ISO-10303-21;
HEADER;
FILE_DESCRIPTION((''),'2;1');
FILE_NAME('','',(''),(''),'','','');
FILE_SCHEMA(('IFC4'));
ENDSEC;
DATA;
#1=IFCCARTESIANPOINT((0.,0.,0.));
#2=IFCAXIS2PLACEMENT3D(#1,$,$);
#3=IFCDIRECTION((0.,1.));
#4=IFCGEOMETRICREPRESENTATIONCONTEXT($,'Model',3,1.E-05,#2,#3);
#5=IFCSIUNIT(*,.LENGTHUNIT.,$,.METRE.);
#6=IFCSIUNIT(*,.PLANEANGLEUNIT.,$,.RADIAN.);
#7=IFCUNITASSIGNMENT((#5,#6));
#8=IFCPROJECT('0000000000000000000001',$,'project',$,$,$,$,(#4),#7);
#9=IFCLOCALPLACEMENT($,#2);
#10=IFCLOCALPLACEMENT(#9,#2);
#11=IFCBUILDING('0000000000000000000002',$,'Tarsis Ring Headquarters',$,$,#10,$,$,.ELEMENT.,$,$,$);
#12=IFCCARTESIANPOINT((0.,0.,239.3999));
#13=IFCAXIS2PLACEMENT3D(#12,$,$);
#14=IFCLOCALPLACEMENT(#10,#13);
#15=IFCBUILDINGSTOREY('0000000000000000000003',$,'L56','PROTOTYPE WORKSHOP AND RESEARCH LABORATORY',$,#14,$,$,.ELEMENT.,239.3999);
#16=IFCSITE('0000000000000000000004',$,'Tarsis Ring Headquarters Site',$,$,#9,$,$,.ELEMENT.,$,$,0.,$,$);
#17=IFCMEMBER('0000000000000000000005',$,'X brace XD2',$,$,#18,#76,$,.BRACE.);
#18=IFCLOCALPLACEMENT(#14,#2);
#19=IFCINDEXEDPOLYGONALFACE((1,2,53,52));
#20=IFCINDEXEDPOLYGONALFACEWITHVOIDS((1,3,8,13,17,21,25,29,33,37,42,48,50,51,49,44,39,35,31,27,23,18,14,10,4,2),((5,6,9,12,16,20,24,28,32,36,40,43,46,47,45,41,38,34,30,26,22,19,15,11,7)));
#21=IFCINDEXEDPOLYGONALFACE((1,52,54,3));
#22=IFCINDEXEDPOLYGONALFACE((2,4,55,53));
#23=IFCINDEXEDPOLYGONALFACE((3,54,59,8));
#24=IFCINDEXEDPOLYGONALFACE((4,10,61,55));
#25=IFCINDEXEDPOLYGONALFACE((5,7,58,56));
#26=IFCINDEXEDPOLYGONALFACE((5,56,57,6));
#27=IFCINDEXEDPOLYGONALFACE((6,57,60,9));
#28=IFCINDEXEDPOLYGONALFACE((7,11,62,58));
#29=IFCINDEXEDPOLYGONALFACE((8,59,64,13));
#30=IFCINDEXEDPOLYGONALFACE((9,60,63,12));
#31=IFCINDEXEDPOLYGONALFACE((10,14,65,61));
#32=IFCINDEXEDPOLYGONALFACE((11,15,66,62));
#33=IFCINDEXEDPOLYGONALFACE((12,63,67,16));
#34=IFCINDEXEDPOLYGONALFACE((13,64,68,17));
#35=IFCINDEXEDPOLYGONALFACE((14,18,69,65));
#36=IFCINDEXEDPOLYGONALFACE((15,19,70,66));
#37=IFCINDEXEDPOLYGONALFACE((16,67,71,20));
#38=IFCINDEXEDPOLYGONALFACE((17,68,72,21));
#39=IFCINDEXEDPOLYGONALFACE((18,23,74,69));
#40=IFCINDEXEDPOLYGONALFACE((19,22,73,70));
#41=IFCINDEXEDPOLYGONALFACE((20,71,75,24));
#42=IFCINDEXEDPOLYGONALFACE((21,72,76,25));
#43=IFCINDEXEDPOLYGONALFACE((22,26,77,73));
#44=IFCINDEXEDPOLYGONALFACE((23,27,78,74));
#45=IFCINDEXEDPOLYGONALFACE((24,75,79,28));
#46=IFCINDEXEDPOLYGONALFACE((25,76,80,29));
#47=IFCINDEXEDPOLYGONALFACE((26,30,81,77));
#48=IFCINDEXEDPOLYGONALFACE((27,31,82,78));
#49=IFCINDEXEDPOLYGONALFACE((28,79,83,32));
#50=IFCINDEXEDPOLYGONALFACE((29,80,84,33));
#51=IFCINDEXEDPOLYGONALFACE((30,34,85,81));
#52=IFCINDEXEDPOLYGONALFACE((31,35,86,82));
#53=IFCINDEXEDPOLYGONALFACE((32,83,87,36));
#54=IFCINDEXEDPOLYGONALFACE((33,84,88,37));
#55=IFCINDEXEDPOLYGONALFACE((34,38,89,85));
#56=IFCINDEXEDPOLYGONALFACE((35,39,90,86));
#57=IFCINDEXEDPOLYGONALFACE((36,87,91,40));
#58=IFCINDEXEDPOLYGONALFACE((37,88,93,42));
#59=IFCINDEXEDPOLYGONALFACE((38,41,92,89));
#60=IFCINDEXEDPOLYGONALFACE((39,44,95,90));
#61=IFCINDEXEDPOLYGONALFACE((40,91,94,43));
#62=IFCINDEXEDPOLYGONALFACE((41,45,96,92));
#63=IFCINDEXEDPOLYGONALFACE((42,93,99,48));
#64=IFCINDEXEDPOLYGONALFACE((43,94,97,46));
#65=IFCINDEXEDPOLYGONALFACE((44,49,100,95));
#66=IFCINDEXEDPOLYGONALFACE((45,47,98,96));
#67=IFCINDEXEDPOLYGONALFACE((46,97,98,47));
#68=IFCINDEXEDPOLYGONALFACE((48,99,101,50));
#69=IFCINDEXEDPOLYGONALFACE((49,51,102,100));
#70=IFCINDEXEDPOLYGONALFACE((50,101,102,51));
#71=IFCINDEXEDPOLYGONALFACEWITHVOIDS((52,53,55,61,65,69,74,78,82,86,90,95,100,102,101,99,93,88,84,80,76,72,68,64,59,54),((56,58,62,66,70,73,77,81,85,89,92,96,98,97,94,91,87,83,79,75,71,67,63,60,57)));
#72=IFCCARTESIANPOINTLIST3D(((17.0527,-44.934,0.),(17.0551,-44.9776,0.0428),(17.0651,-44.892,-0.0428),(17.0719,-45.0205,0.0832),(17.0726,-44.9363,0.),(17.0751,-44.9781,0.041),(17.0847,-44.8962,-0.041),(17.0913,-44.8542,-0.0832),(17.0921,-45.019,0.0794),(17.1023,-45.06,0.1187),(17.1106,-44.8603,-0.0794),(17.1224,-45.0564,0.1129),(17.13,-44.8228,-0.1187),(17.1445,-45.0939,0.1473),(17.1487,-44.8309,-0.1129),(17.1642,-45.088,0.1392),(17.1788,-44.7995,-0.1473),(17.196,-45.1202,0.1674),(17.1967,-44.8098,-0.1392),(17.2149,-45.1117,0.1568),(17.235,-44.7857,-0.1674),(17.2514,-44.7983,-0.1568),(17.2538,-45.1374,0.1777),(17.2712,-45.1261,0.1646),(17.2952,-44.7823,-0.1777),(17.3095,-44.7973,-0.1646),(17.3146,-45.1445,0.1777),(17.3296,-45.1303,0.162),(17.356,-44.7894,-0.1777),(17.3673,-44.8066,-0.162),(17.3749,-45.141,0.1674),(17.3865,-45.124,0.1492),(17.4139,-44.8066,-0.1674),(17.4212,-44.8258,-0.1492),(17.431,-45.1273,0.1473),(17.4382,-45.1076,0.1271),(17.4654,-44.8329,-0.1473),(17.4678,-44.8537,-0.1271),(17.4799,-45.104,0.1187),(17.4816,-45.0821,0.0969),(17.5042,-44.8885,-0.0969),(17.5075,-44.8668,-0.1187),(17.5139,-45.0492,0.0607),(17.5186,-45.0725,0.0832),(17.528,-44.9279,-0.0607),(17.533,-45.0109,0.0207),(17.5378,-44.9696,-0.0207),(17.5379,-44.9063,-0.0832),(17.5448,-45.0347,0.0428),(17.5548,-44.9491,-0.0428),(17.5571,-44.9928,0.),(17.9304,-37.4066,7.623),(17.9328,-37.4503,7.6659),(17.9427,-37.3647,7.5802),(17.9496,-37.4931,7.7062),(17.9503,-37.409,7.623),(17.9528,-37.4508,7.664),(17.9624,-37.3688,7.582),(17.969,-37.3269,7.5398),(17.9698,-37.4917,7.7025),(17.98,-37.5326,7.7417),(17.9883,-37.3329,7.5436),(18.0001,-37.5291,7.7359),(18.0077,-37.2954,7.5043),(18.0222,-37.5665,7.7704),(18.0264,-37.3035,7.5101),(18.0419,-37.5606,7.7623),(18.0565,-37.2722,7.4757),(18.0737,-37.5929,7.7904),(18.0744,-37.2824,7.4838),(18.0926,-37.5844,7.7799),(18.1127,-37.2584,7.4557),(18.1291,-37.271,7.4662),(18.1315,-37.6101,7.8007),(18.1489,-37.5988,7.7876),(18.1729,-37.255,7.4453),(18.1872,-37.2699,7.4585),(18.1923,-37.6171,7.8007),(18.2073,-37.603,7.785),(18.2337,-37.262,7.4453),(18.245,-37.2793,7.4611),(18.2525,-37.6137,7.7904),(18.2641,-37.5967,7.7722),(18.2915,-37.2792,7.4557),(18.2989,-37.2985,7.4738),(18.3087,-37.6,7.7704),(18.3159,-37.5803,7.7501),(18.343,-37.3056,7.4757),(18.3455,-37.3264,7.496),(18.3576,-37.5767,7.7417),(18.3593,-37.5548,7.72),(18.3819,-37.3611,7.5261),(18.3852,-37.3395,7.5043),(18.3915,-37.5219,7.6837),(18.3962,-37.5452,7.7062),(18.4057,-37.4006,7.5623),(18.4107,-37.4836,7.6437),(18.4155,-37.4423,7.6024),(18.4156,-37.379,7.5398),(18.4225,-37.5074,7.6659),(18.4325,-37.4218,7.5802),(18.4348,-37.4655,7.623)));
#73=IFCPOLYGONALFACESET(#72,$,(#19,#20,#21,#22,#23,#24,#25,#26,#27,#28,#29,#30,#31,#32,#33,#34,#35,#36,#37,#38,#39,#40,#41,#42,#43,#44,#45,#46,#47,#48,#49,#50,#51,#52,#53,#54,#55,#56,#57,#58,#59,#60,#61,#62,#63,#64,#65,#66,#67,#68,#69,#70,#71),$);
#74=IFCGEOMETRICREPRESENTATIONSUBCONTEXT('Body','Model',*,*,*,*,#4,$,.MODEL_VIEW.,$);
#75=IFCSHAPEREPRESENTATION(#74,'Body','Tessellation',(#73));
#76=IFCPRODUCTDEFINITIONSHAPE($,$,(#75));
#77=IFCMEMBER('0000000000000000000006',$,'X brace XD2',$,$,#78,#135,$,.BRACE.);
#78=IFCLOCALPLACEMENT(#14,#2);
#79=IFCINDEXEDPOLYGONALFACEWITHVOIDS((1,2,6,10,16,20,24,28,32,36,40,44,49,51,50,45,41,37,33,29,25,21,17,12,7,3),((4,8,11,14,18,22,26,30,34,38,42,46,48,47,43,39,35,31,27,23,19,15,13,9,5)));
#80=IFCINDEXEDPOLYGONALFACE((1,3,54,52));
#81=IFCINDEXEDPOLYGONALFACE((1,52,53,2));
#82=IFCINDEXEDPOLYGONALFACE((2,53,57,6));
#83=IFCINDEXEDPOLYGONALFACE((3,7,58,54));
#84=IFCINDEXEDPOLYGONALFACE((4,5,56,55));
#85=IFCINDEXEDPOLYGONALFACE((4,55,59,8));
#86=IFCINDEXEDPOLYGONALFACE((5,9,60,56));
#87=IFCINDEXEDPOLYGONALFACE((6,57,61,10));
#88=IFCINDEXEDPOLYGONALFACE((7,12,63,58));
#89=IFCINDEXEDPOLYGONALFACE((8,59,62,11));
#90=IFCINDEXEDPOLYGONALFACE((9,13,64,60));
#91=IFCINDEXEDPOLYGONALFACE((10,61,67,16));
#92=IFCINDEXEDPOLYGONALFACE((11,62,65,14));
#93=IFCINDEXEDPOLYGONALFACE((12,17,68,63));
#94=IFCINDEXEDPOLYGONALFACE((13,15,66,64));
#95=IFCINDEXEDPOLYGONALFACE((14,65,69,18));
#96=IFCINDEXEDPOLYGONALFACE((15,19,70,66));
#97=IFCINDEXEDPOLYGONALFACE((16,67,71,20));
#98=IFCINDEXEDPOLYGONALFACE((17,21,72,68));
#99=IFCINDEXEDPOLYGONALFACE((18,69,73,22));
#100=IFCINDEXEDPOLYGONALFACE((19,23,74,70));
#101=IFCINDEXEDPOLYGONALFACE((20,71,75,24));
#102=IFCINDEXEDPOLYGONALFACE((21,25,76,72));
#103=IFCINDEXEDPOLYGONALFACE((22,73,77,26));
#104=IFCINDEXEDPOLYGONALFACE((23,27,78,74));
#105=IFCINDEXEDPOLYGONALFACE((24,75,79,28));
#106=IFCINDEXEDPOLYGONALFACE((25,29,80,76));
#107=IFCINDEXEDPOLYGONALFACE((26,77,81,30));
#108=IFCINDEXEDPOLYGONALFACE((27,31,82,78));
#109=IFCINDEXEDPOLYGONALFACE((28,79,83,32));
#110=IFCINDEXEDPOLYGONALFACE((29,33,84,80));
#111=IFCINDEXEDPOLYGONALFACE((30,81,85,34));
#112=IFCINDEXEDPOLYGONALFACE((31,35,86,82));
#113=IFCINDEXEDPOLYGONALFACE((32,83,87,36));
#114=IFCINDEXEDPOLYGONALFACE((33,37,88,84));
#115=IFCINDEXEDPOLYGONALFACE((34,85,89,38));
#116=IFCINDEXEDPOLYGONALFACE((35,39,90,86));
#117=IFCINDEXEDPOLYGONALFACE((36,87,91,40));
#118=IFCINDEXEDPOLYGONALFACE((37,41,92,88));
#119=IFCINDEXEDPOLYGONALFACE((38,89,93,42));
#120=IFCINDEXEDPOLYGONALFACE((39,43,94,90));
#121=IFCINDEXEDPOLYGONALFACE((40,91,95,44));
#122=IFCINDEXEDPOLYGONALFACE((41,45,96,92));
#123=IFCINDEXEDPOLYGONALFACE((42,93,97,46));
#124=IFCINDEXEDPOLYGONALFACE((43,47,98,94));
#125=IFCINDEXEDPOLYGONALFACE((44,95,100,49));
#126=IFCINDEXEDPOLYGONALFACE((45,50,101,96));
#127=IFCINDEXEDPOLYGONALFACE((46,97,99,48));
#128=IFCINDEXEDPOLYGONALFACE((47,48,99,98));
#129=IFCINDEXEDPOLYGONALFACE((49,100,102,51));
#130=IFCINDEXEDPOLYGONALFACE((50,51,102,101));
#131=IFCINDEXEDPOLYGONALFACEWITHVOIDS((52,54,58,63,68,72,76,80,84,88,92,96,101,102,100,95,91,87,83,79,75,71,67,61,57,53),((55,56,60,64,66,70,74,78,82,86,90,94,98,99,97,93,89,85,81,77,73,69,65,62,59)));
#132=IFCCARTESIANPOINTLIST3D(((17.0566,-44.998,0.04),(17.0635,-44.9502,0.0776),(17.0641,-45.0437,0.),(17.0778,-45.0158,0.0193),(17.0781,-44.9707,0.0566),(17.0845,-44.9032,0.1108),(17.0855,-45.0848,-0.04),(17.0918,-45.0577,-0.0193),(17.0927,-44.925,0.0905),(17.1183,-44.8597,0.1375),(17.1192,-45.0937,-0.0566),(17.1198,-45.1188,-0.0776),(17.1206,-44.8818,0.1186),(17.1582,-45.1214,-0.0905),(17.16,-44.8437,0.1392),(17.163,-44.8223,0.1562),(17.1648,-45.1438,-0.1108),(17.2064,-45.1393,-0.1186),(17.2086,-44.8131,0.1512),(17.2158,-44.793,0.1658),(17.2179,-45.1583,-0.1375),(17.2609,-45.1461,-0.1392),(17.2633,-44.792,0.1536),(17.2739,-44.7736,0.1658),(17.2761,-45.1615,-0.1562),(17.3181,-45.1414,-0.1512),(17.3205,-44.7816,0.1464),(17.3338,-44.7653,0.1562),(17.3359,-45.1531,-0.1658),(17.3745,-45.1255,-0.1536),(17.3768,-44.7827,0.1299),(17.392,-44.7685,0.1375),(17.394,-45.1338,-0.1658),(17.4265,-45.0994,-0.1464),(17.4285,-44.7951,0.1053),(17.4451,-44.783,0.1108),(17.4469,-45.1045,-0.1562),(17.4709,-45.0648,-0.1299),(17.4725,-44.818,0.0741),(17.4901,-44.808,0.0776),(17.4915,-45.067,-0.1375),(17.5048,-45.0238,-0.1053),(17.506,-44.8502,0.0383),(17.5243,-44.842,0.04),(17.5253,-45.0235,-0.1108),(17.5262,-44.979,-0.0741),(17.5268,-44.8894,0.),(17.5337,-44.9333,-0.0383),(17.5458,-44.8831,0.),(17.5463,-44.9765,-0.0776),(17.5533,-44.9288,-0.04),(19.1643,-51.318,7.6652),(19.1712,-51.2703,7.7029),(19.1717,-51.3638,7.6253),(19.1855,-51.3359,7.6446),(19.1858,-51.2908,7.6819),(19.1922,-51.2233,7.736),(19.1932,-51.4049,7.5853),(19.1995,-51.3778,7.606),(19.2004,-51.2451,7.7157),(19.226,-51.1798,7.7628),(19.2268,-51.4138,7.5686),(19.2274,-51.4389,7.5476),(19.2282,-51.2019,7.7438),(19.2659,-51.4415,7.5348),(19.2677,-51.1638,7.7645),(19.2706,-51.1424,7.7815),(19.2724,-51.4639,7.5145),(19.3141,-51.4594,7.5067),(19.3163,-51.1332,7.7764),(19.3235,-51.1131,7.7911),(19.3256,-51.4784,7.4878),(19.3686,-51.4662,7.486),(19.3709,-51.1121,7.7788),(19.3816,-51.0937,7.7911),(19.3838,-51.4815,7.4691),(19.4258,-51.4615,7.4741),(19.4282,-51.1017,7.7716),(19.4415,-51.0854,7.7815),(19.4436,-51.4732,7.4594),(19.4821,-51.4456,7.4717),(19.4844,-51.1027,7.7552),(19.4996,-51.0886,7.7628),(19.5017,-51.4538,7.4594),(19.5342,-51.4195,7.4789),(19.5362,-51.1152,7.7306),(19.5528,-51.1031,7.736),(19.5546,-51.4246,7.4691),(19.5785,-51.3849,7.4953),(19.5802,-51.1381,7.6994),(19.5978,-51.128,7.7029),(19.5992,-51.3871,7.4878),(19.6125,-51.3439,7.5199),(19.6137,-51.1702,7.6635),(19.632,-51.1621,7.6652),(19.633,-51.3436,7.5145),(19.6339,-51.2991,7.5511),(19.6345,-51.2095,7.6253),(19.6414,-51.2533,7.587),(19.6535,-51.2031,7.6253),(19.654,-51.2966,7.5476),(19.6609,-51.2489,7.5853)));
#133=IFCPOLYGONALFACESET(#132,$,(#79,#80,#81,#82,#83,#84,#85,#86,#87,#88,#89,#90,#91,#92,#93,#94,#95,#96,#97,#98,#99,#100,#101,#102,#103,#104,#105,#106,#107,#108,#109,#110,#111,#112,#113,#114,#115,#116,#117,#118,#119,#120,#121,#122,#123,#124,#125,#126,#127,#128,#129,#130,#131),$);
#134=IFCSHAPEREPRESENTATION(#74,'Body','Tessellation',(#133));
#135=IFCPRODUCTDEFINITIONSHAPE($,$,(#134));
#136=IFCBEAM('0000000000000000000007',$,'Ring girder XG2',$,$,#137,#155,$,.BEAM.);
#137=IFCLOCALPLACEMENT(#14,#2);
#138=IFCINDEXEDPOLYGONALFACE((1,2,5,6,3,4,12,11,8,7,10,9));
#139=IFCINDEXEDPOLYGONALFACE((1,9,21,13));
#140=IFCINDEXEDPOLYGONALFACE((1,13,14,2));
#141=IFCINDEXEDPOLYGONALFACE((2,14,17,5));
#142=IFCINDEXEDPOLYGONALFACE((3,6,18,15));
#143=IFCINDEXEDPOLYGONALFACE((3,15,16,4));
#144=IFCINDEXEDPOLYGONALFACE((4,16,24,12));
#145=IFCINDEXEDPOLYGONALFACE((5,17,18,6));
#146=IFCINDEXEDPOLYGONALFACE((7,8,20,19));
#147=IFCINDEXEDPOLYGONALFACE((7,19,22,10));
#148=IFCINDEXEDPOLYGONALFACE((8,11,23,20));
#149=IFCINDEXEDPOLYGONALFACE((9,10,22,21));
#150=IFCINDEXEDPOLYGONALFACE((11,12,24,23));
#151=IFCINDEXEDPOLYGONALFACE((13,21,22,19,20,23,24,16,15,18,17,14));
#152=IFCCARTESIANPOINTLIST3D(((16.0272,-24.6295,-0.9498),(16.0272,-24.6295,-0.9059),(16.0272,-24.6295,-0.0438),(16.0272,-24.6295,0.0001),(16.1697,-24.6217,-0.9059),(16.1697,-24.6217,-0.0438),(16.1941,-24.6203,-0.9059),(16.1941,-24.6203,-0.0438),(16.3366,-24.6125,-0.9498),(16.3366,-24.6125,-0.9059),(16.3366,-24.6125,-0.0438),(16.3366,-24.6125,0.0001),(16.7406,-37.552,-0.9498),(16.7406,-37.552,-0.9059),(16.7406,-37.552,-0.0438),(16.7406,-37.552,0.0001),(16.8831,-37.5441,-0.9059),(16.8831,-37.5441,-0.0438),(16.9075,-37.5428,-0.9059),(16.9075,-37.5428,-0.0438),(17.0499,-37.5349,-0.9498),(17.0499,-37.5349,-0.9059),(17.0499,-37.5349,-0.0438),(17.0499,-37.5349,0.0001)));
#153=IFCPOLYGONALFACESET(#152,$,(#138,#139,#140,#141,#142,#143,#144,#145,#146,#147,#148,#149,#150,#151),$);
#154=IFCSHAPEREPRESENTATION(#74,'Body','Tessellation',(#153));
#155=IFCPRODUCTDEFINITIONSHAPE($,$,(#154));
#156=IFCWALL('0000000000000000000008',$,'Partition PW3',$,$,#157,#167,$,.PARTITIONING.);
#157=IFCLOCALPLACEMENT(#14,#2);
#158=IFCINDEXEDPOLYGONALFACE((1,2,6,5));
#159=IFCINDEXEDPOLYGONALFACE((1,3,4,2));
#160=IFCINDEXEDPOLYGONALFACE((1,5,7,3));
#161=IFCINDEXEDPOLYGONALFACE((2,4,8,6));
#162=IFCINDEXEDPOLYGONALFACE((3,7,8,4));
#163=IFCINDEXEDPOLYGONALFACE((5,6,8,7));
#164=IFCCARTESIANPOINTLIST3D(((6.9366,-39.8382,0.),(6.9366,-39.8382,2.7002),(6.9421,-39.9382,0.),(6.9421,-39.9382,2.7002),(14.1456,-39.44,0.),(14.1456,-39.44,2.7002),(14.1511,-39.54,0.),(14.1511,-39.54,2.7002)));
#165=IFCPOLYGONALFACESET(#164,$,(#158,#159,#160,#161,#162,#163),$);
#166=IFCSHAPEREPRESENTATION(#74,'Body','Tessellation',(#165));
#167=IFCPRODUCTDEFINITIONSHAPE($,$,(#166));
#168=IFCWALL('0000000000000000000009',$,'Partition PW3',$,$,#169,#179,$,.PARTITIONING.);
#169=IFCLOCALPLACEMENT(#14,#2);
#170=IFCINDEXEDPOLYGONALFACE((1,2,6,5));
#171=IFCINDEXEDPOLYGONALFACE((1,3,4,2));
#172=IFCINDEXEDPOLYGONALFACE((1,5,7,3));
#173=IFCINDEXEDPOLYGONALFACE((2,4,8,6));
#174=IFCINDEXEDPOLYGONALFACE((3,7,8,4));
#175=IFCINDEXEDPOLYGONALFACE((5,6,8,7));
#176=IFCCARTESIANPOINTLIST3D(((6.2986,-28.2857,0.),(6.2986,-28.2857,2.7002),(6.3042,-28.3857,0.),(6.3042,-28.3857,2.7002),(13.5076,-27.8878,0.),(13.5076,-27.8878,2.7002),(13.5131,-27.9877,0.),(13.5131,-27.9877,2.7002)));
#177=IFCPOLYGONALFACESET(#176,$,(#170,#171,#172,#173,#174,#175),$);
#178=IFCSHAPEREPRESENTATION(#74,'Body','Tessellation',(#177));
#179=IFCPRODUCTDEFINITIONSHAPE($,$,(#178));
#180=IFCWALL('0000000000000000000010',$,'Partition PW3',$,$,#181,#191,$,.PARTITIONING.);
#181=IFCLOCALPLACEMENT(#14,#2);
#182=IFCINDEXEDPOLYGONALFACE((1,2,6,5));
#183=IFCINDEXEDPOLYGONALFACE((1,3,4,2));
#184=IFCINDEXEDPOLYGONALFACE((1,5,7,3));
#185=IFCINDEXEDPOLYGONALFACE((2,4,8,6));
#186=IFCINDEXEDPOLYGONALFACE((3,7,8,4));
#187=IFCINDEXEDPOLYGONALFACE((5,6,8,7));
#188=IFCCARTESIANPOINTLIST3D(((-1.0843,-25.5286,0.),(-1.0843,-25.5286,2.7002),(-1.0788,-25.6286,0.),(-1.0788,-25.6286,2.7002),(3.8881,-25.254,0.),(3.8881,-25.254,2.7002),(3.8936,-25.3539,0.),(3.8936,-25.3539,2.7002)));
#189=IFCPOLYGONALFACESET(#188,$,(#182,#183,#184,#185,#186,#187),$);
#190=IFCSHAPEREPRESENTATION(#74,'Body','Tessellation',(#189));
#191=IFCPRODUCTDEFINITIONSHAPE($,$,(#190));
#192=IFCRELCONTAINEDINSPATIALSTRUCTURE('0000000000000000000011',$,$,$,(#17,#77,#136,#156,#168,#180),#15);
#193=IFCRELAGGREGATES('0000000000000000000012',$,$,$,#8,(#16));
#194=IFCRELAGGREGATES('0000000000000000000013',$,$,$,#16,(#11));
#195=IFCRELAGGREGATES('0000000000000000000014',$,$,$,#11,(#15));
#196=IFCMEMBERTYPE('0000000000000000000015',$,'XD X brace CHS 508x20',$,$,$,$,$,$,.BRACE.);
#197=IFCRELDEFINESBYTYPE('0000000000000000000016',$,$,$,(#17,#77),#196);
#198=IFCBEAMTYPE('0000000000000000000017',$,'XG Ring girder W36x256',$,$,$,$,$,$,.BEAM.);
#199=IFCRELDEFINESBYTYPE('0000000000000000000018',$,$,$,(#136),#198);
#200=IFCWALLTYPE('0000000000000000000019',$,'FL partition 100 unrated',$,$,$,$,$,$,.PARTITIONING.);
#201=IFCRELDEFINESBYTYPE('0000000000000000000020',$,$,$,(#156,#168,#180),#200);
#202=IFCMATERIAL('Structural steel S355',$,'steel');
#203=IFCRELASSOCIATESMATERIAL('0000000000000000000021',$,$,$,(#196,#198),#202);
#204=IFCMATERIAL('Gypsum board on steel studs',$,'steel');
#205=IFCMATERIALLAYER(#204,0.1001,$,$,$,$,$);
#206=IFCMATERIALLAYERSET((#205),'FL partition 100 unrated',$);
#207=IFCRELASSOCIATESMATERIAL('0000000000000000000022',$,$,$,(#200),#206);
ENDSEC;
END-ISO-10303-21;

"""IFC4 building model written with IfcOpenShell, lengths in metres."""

from ifc_helpers import new_model, si_unit, direction, frame, frame_2d, origin, origin_2d, place, context, subcontext, project, spatial, rectangle, hollow_circle, i_section, extrude, material, layer, layer_set, material_profile, profile_set, type_object, element, save


model = new_model("IFC4")

# Units and contexts
model_context = context("Model", 3, precision=1e-05, world=origin(), true_north=direction((0.0, 1.0)))
body_context = subcontext(model_context, "Body", "Model", "MODEL_VIEW")
ifc_project = project(units=[si_unit("LENGTHUNIT", "METRE"), si_unit("PLANEANGLEUNIT", "RADIAN")], contexts=[model_context])

# Site, building, storey
site_placement = place(None, origin())
site = spatial("IfcSite", under=ifc_project, at=site_placement, Name="Tarsis Ring Headquarters Site", CompositionType="ELEMENT", RefElevation=0.0)
building_placement = place(site_placement, origin())
building = spatial("IfcBuilding", under=site, at=building_placement, Name="Tarsis Ring Headquarters", CompositionType="ELEMENT")
storey_placement = place(building_placement, frame((0.0, 0.0, 239.3999)))
storey = spatial("IfcBuildingStorey", under=building, at=storey_placement, Name="L56", Description="PROTOTYPE WORKSHOP AND RESEARCH LABORATORY", CompositionType="ELEMENT", Elevation=239.3999)

# Shared definitions
ifc_material_1 = material(Name="Structural steel S355", Category="steel")

# Members
ifc_material_profile_1 = material_profile(ifc_material_1, hollow_circle(Radius=0.2539, WallThickness=0.02, at=origin_2d()), Name="CHS 508x20")
ifc_profile_set_1 = profile_set([ifc_material_profile_1], Name="Structural steel S355")
member_type = type_object("IfcMemberType", Name="XD X brace CHS 508x20", PredefinedType="BRACE", material=ifc_profile_set_1)
member_1_placement = place(storey_placement, frame((17.3049, -44.9634, 0.0), z_axis=(0.081652, 0.70028, 0.709183), x_axis=(-0.993271, 0.115815, 0.0)))
element("IfcMember", 1, at=member_1_placement, inside=storey, type_object=member_type, Name="X brace XD2", PredefinedType="BRACE", context=body_context, shape_type="SweptSolid", body=[
    extrude(hollow_circle(Radius=0.2539, WallThickness=0.02, at=origin_2d()), origin(), (0.0, 0.0, 1.0), 10.749),
])
member_2_placement = place(storey_placement, frame((17.3049, -44.9634, 0.0), z_axis=(0.20815, -0.624161, 0.753058), x_axis=(0.948639, 0.31636, 0.0)))
element("IfcMember", 2, at=member_2_placement, inside=storey, type_object=member_type, Name="X brace XD2", PredefinedType="BRACE", context=body_context, shape_type="SweptSolid", body=[
    extrude(hollow_circle(Radius=0.2539, WallThickness=0.02, at=origin_2d()), origin(), (0.0, 0.0, 1.0), 10.1257),
])

# Beam
ifc_material_profile_2 = material_profile(ifc_material_1, i_section(OverallWidth=0.3098, OverallDepth=0.95, WebThickness=0.0244, FlangeThickness=0.0439, at=origin_2d()), Name="W36x256")
ifc_profile_set_2 = profile_set([ifc_material_profile_2], Name="Structural steel S355")
beam_type = type_object("IfcBeamType", Name="XG Ring girder W36x256", PredefinedType="BEAM", material=ifc_profile_set_2)
beam_placement = place(storey_placement, frame((16.8953, -37.5435, -0.4749), z_axis=(-0.055121, 0.99848, 0.0), x_axis=(-0.99848, -0.055121, 0.0)))
element("IfcBeam", 3, at=beam_placement, inside=storey, type_object=beam_type, Name="Ring girder XG2", PredefinedType="BEAM", context=body_context, shape_type="SweptSolid", body=[
    extrude(i_section(OverallWidth=0.3098, OverallDepth=0.95, WebThickness=0.0244, FlangeThickness=0.0439, at=origin_2d()), origin(), (0.0, 0.0, 1.0), 12.9421),
])

# Walls
ifc_material_2 = material(Name="Gypsum board on steel studs", Category="steel")
ifc_layer_1 = layer(ifc_material_2, 0.1001)
ifc_layer_set_1 = layer_set([ifc_layer_1], Name="FL partition 100 unrated")
wall_type_1 = type_object("IfcWallType", Name="FL partition 100 unrated", PredefinedType="PARTITIONING", material=ifc_layer_set_1)
for number, where, z_axis, x_axis, name in (
    (4, (6.9395, -39.8882, 0.0), (0.0, 0.0, 1.0), (0.998478, 0.055152, 0.0), "Partition PW3"),
    (5, (6.3015, -28.3357, 0.0), (0.0, 0.0, 1.0), (0.99848, 0.055118, 0.0), "Partition PW3"),
):
    element("IfcWall", number, at=place(storey_placement, frame(where, z_axis=z_axis, x_axis=x_axis)), inside=storey, type_object=wall_type_1, Name=name, PredefinedType="PARTITIONING", context=body_context, shape_type="SweptSolid", body=[
        extrude(rectangle(XDim=7.22, YDim=0.1001, at=frame_2d((3.6099, 0.0))), origin(), (0.0, 0.0, 1.0), 2.7002),
    ])
wall_1_placement = place(storey_placement, frame((-1.0815, -25.5786, 0.0), z_axis=(0.0, 0.0, 1.0), x_axis=(0.998478, 0.055152, 0.0)))
element("IfcWall", 6, at=wall_1_placement, inside=storey, type_object=wall_type_1, Name="Partition PW3", PredefinedType="PARTITIONING", context=body_context, shape_type="SweptSolid", body=[
    extrude(rectangle(XDim=4.98, YDim=0.1001, at=frame_2d((2.49, 0.0))), origin(), (0.0, 0.0, 1.0), 2.7002),
])

save(model, "model.ifc")
